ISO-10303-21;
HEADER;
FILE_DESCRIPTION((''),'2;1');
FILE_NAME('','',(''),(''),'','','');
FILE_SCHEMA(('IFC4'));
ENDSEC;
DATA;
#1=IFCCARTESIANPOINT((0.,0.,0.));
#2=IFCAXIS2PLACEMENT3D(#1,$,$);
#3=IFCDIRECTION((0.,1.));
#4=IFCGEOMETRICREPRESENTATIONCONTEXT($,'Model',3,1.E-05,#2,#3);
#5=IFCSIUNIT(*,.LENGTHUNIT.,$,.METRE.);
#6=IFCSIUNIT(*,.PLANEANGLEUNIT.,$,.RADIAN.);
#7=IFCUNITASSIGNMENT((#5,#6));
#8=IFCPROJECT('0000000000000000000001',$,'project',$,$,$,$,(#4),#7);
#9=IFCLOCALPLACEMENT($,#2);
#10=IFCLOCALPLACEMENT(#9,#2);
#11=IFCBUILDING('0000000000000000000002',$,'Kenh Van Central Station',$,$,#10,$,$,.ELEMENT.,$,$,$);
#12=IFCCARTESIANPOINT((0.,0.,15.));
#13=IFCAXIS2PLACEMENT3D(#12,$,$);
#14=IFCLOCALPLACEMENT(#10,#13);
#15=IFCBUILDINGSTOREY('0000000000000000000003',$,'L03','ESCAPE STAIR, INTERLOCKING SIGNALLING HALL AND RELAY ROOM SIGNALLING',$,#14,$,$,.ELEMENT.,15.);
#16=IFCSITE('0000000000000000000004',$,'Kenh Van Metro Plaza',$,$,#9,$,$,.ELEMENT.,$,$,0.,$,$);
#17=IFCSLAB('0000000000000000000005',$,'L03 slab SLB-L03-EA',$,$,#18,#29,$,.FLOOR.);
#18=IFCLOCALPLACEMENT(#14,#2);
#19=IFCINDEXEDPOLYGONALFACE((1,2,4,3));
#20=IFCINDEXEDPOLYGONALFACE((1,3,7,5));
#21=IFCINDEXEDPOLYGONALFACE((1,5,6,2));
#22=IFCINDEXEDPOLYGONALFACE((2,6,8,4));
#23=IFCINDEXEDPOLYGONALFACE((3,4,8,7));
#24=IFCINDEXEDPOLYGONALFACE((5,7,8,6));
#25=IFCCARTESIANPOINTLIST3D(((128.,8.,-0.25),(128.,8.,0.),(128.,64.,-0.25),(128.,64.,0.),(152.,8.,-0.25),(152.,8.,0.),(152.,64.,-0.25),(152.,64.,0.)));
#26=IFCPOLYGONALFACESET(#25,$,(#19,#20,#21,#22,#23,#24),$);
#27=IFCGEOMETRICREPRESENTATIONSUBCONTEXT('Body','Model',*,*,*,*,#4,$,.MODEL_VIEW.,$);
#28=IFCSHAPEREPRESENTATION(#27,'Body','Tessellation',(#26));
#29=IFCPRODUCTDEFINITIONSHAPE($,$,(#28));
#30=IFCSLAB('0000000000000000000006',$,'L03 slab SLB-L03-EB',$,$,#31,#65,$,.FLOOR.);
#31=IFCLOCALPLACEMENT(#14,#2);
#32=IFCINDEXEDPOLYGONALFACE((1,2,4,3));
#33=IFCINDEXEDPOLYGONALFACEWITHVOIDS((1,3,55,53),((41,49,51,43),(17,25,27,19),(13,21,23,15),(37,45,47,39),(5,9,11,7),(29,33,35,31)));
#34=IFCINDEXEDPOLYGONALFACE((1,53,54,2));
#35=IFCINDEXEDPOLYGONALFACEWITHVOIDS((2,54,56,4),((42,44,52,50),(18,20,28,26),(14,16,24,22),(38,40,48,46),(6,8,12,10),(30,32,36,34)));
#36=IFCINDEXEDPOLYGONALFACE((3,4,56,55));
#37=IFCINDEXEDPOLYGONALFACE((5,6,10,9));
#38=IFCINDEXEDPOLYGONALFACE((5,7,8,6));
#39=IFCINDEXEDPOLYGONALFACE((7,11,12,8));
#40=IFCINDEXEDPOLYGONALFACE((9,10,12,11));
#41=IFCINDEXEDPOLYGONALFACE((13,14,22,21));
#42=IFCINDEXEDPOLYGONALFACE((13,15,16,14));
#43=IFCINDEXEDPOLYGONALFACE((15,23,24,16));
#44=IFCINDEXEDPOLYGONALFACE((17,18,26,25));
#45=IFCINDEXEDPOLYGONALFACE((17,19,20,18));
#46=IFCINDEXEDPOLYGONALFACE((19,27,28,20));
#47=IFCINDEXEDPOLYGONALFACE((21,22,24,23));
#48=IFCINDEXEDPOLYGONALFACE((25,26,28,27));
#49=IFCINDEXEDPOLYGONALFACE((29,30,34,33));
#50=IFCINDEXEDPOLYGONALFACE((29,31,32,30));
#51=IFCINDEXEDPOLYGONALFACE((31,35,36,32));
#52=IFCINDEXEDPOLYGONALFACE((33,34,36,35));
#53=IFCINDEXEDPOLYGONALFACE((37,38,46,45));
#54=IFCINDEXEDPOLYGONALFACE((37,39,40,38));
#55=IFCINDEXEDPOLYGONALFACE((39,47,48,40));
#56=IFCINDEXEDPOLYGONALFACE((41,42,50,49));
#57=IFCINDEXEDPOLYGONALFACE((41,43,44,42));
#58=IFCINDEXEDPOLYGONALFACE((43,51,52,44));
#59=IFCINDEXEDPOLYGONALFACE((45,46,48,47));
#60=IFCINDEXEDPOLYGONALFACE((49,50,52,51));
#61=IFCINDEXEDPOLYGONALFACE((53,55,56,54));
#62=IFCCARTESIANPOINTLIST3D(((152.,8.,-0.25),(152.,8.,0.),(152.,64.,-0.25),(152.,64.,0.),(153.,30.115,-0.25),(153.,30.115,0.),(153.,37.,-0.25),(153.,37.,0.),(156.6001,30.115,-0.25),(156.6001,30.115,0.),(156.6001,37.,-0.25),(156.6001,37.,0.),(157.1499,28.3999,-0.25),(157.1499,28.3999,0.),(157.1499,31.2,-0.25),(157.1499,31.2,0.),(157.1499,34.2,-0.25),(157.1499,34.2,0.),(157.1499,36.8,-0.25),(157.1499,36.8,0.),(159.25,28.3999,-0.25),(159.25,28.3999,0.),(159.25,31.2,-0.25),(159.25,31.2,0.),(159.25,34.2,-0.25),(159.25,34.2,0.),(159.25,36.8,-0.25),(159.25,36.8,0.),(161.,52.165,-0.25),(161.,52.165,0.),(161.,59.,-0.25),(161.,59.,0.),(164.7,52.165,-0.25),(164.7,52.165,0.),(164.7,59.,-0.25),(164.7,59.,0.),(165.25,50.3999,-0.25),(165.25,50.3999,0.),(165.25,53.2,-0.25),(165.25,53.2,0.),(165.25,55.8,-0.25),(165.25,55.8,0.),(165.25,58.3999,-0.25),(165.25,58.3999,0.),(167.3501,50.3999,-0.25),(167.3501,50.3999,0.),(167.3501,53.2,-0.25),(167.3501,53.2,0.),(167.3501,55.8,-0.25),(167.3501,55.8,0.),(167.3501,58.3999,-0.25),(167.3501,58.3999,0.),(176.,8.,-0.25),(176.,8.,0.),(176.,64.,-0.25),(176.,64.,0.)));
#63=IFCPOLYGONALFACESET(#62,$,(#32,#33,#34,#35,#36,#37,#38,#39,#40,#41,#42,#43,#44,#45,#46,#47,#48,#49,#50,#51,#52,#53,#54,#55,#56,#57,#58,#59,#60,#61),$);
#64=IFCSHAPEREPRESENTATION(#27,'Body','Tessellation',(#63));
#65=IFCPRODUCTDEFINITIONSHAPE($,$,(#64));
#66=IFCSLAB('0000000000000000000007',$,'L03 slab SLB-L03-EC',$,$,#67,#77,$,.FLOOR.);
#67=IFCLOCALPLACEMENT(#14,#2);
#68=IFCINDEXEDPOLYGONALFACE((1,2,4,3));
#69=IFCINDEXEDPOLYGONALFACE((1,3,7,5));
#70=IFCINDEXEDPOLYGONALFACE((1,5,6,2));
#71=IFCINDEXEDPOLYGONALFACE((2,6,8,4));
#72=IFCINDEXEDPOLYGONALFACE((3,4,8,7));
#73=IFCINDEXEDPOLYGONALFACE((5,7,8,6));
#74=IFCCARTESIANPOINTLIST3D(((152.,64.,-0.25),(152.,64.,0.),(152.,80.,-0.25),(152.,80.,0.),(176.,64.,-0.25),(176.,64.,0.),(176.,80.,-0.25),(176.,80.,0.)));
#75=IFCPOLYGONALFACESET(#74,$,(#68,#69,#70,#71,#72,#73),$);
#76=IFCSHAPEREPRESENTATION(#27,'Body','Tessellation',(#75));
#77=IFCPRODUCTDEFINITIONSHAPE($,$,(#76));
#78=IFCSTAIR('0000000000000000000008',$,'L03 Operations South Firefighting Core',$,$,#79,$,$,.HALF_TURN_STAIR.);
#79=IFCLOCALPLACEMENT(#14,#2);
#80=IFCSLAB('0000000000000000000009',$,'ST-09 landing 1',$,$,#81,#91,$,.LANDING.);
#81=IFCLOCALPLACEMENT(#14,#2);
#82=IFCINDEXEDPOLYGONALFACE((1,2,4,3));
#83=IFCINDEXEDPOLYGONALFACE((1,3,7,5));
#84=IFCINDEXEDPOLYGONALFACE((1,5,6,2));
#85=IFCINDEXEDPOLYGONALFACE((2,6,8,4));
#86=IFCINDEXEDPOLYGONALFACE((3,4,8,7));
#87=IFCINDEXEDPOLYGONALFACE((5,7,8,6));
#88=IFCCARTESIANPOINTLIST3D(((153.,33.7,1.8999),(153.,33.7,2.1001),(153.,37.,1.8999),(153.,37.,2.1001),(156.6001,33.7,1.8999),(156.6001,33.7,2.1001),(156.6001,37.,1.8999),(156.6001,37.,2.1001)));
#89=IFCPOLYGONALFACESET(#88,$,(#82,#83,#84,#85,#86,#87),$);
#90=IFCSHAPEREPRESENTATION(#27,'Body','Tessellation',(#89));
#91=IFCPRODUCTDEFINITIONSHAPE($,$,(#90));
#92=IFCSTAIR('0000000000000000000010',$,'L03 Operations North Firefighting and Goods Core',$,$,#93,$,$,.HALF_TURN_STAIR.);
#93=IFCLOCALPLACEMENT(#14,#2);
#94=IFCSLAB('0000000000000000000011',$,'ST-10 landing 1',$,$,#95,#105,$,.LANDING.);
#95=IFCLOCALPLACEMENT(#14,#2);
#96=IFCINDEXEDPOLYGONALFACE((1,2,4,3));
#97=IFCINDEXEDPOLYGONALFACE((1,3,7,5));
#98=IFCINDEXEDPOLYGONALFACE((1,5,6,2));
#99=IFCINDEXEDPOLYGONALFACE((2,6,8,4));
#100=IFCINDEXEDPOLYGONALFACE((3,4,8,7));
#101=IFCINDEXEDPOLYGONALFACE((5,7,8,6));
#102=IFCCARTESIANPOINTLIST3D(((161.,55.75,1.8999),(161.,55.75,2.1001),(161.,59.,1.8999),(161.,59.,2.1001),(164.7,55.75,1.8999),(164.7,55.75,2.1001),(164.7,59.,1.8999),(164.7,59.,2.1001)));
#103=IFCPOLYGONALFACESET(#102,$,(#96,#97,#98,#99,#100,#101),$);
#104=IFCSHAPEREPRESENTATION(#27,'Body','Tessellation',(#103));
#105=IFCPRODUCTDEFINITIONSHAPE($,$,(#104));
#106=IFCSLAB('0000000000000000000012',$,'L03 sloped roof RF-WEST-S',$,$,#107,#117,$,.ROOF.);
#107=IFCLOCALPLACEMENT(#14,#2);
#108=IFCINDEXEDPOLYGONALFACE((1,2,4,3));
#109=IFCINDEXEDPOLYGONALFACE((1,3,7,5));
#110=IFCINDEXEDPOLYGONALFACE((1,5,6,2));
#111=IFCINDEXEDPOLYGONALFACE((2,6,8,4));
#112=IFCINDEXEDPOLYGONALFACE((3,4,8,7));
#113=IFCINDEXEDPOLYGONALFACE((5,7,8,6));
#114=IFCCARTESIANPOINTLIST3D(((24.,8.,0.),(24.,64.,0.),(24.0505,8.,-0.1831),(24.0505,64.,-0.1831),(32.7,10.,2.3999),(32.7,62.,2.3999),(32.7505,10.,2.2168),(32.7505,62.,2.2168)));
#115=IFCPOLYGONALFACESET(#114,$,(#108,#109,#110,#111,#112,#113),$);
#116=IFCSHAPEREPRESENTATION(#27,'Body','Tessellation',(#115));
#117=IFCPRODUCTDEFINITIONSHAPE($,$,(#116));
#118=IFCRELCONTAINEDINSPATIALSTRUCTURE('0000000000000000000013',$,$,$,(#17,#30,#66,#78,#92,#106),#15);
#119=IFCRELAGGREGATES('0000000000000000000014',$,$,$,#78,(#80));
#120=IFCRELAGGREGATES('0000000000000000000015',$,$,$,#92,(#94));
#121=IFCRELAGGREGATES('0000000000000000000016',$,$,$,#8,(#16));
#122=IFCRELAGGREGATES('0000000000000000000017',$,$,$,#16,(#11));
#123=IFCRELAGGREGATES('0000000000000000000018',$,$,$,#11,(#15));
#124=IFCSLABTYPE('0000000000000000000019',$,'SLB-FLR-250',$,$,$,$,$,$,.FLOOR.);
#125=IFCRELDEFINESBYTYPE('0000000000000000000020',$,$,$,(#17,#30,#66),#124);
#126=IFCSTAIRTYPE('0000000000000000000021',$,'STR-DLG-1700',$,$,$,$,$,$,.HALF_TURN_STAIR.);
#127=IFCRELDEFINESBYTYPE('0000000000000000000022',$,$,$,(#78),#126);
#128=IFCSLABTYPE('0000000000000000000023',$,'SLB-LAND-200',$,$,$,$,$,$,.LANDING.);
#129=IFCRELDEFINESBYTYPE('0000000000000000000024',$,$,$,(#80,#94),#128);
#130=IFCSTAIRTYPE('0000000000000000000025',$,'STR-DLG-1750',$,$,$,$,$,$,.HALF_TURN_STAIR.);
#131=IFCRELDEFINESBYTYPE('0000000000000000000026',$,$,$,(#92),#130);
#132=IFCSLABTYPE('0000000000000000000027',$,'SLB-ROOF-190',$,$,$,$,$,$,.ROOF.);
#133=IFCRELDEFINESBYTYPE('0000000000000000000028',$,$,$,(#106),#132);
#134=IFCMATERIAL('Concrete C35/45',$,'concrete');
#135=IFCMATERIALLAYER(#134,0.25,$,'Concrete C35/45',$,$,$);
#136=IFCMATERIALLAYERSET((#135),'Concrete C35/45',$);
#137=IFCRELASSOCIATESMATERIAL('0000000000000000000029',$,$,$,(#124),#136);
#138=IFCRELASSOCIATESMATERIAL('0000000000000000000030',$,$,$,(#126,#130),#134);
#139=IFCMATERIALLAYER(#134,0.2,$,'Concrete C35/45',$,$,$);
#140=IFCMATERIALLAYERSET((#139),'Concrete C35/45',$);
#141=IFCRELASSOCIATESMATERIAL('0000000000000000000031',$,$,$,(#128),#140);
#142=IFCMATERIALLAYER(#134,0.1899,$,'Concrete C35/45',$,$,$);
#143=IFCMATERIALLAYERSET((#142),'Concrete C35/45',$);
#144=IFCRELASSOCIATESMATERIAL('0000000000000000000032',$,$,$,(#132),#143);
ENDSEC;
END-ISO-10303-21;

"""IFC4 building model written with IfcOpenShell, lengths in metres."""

from ifc_helpers import new_model, si_unit, direction, frame, origin, place, context, subcontext, project, spatial, polyline, outline, extrude, material, layer, layer_set, type_object, element, aggregate, save


model = new_model("IFC4")

# Units and contexts
model_context = context("Model", 3, precision=1e-05, world=origin(), true_north=direction((0.0, 1.0)))
body_context = subcontext(model_context, "Body", "Model", "MODEL_VIEW")
ifc_project = project(units=[si_unit("LENGTHUNIT", "METRE"), si_unit("PLANEANGLEUNIT", "RADIAN")], contexts=[model_context])

# Site, building, storey
site_placement = place(None, origin())
site = spatial("IfcSite", under=ifc_project, at=site_placement, Name="Kenh Van Metro Plaza", CompositionType="ELEMENT", RefElevation=0.0)
building_placement = place(site_placement, origin())
building = spatial("IfcBuilding", under=site, at=building_placement, Name="Kenh Van Central Station", CompositionType="ELEMENT")
storey_placement = place(building_placement, frame((0.0, 0.0, 15.0)))
storey = spatial("IfcBuildingStorey", under=building, at=storey_placement, Name="L03", Description="ESCAPE STAIR, INTERLOCKING SIGNALLING HALL AND RELAY ROOM SIGNALLING", CompositionType="ELEMENT", Elevation=15.0)

# Slabs
ifc_material_1 = material(Name="Concrete C35/45", Category="concrete")
ifc_layer_1 = layer(ifc_material_1, 0.25, Name="Concrete C35/45")
ifc_layer_set_1 = layer_set([ifc_layer_1], Name="Concrete C35/45")
slab_type_1 = type_object("IfcSlabType", Name="SLB-FLR-250", PredefinedType="FLOOR", material=ifc_layer_set_1)
slab_1_placement = place(storey_placement, frame((0.0, 0.0, -0.25)))
element("IfcSlab", 1, at=slab_1_placement, inside=storey, type_object=slab_type_1, Name="L03 slab SLB-L03-EA", PredefinedType="FLOOR", context=body_context, shape_type="SweptSolid", body=[
    extrude(outline(polyline([(128.0, 8.0), (152.0, 8.0), (152.0, 64.0), (128.0, 64.0), (128.0, 8.0)])), origin(), (0.0, 0.0, 1.0), 0.25),
])
slab_2_placement = place(storey_placement, frame((0.0, 0.0, -0.25)))
element("IfcSlab", 2, at=slab_2_placement, inside=storey, type_object=slab_type_1, Name="L03 slab SLB-L03-EB", PredefinedType="FLOOR", context=body_context, shape_type="SweptSolid", body=[
    extrude(outline(polyline([(152.0, 8.0), (176.0, 8.0), (176.0, 64.0), (152.0, 64.0), (152.0, 8.0)]), holes=[polyline([(165.25, 53.2), (167.3501, 53.2), (167.3501, 50.3999), (165.25, 50.3999), (165.25, 53.2)]), polyline([(167.3501, 58.3999), (167.3501, 55.8), (165.25, 55.8), (165.25, 58.3999), (167.3501, 58.3999)]), polyline([(164.7, 59.0), (164.7, 52.165), (161.0, 52.165), (161.0, 59.0), (164.7, 59.0)]), polyline([(157.1499, 31.2), (159.25, 31.2), (159.25, 28.3999), (157.1499, 28.3999), (157.1499, 31.2)]), polyline([(159.25, 36.8), (159.25, 34.2), (157.1499, 34.2), (157.1499, 36.8), (159.25, 36.8)]), polyline([(156.6001, 37.0), (156.6001, 30.115), (153.0, 30.115), (153.0, 37.0), (156.6001, 37.0)])]), origin(), (0.0, 0.0, 1.0), 0.25),
])
slab_3_placement = place(storey_placement, frame((0.0, 0.0, -0.25)))
element("IfcSlab", 3, at=slab_3_placement, inside=storey, type_object=slab_type_1, Name="L03 slab SLB-L03-EC", PredefinedType="FLOOR", context=body_context, shape_type="SweptSolid", body=[
    extrude(outline(polyline([(152.0, 64.0), (176.0, 64.0), (176.0, 80.0), (152.0, 80.0), (152.0, 64.0)])), origin(), (0.0, 0.0, 1.0), 0.25),
])

# Stairs, slabs
stair_type_1 = type_object("IfcStairType", Name="STR-DLG-1700", PredefinedType="HALF_TURN_STAIR", material=ifc_material_1)
stair_1_placement = place(storey_placement, origin())
stair_1 = element("IfcStair", 4, at=stair_1_placement, inside=storey, type_object=stair_type_1, Name="L03 Operations South Firefighting Core", PredefinedType="HALF_TURN_STAIR")
ifc_layer_2 = layer(ifc_material_1, 0.2, Name="Concrete C35/45")
ifc_layer_set_2 = layer_set([ifc_layer_2], Name="Concrete C35/45")
slab_type_2 = type_object("IfcSlabType", Name="SLB-LAND-200", PredefinedType="LANDING", material=ifc_layer_set_2)
slab_4_placement = place(storey_placement, frame((0.0, 0.0, 1.8999)))
slab_4 = element("IfcSlab", 5, at=slab_4_placement, type_object=slab_type_2, Name="ST-09 landing 1", PredefinedType="LANDING", context=body_context, shape_type="SweptSolid", body=[
    extrude(outline(polyline([(156.6001, 33.7), (156.6001, 37.0), (153.0, 37.0), (153.0, 33.7), (156.6001, 33.7)])), origin(), (0.0, 0.0, 1.0), 0.2002),
])
aggregate(stair_1, [slab_4])
stair_type_2 = type_object("IfcStairType", Name="STR-DLG-1750", PredefinedType="HALF_TURN_STAIR", material=ifc_material_1)
stair_2_placement = place(storey_placement, origin())
stair_2 = element("IfcStair", 6, at=stair_2_placement, inside=storey, type_object=stair_type_2, Name="L03 Operations North Firefighting and Goods Core", PredefinedType="HALF_TURN_STAIR")
slab_5_placement = place(storey_placement, frame((0.0, 0.0, 1.8999)))
slab_5 = element("IfcSlab", 7, at=slab_5_placement, type_object=slab_type_2, Name="ST-10 landing 1", PredefinedType="LANDING", context=body_context, shape_type="SweptSolid", body=[
    extrude(outline(polyline([(164.7, 55.75), (164.7, 59.0), (161.0, 59.0), (161.0, 55.75), (164.7, 55.75)])), origin(), (0.0, 0.0, 1.0), 0.2002),
])
aggregate(stair_2, [slab_5])

# Slab
ifc_layer_3 = layer(ifc_material_1, 0.1899, Name="Concrete C35/45")
ifc_layer_set_3 = layer_set([ifc_layer_3], Name="Concrete C35/45")
slab_type_3 = type_object("IfcSlabType", Name="SLB-ROOF-190", PredefinedType="ROOF", material=ifc_layer_set_3)
slab_6_placement = place(storey_placement, frame((24.0, 8.0, 0.0), z_axis=(-0.26592, 0.0, 0.963995), x_axis=(0.941161, 0.21636, 0.259622)))
element("IfcSlab", 8, at=slab_6_placement, inside=storey, type_object=slab_type_3, Name="L03 sloped roof RF-WEST-S", PredefinedType="ROOF", context=body_context, shape_type="SweptSolid", body=[
    extrude(outline(polyline([(0.0, 0.0), (9.2438, 0.0), (20.4946, 50.7683), (12.1162, 54.6736), (0.0, 0.0)])), origin(), (0.0, 0.0, -1.0), 0.1899),
])

save(model, "model.ifc")
